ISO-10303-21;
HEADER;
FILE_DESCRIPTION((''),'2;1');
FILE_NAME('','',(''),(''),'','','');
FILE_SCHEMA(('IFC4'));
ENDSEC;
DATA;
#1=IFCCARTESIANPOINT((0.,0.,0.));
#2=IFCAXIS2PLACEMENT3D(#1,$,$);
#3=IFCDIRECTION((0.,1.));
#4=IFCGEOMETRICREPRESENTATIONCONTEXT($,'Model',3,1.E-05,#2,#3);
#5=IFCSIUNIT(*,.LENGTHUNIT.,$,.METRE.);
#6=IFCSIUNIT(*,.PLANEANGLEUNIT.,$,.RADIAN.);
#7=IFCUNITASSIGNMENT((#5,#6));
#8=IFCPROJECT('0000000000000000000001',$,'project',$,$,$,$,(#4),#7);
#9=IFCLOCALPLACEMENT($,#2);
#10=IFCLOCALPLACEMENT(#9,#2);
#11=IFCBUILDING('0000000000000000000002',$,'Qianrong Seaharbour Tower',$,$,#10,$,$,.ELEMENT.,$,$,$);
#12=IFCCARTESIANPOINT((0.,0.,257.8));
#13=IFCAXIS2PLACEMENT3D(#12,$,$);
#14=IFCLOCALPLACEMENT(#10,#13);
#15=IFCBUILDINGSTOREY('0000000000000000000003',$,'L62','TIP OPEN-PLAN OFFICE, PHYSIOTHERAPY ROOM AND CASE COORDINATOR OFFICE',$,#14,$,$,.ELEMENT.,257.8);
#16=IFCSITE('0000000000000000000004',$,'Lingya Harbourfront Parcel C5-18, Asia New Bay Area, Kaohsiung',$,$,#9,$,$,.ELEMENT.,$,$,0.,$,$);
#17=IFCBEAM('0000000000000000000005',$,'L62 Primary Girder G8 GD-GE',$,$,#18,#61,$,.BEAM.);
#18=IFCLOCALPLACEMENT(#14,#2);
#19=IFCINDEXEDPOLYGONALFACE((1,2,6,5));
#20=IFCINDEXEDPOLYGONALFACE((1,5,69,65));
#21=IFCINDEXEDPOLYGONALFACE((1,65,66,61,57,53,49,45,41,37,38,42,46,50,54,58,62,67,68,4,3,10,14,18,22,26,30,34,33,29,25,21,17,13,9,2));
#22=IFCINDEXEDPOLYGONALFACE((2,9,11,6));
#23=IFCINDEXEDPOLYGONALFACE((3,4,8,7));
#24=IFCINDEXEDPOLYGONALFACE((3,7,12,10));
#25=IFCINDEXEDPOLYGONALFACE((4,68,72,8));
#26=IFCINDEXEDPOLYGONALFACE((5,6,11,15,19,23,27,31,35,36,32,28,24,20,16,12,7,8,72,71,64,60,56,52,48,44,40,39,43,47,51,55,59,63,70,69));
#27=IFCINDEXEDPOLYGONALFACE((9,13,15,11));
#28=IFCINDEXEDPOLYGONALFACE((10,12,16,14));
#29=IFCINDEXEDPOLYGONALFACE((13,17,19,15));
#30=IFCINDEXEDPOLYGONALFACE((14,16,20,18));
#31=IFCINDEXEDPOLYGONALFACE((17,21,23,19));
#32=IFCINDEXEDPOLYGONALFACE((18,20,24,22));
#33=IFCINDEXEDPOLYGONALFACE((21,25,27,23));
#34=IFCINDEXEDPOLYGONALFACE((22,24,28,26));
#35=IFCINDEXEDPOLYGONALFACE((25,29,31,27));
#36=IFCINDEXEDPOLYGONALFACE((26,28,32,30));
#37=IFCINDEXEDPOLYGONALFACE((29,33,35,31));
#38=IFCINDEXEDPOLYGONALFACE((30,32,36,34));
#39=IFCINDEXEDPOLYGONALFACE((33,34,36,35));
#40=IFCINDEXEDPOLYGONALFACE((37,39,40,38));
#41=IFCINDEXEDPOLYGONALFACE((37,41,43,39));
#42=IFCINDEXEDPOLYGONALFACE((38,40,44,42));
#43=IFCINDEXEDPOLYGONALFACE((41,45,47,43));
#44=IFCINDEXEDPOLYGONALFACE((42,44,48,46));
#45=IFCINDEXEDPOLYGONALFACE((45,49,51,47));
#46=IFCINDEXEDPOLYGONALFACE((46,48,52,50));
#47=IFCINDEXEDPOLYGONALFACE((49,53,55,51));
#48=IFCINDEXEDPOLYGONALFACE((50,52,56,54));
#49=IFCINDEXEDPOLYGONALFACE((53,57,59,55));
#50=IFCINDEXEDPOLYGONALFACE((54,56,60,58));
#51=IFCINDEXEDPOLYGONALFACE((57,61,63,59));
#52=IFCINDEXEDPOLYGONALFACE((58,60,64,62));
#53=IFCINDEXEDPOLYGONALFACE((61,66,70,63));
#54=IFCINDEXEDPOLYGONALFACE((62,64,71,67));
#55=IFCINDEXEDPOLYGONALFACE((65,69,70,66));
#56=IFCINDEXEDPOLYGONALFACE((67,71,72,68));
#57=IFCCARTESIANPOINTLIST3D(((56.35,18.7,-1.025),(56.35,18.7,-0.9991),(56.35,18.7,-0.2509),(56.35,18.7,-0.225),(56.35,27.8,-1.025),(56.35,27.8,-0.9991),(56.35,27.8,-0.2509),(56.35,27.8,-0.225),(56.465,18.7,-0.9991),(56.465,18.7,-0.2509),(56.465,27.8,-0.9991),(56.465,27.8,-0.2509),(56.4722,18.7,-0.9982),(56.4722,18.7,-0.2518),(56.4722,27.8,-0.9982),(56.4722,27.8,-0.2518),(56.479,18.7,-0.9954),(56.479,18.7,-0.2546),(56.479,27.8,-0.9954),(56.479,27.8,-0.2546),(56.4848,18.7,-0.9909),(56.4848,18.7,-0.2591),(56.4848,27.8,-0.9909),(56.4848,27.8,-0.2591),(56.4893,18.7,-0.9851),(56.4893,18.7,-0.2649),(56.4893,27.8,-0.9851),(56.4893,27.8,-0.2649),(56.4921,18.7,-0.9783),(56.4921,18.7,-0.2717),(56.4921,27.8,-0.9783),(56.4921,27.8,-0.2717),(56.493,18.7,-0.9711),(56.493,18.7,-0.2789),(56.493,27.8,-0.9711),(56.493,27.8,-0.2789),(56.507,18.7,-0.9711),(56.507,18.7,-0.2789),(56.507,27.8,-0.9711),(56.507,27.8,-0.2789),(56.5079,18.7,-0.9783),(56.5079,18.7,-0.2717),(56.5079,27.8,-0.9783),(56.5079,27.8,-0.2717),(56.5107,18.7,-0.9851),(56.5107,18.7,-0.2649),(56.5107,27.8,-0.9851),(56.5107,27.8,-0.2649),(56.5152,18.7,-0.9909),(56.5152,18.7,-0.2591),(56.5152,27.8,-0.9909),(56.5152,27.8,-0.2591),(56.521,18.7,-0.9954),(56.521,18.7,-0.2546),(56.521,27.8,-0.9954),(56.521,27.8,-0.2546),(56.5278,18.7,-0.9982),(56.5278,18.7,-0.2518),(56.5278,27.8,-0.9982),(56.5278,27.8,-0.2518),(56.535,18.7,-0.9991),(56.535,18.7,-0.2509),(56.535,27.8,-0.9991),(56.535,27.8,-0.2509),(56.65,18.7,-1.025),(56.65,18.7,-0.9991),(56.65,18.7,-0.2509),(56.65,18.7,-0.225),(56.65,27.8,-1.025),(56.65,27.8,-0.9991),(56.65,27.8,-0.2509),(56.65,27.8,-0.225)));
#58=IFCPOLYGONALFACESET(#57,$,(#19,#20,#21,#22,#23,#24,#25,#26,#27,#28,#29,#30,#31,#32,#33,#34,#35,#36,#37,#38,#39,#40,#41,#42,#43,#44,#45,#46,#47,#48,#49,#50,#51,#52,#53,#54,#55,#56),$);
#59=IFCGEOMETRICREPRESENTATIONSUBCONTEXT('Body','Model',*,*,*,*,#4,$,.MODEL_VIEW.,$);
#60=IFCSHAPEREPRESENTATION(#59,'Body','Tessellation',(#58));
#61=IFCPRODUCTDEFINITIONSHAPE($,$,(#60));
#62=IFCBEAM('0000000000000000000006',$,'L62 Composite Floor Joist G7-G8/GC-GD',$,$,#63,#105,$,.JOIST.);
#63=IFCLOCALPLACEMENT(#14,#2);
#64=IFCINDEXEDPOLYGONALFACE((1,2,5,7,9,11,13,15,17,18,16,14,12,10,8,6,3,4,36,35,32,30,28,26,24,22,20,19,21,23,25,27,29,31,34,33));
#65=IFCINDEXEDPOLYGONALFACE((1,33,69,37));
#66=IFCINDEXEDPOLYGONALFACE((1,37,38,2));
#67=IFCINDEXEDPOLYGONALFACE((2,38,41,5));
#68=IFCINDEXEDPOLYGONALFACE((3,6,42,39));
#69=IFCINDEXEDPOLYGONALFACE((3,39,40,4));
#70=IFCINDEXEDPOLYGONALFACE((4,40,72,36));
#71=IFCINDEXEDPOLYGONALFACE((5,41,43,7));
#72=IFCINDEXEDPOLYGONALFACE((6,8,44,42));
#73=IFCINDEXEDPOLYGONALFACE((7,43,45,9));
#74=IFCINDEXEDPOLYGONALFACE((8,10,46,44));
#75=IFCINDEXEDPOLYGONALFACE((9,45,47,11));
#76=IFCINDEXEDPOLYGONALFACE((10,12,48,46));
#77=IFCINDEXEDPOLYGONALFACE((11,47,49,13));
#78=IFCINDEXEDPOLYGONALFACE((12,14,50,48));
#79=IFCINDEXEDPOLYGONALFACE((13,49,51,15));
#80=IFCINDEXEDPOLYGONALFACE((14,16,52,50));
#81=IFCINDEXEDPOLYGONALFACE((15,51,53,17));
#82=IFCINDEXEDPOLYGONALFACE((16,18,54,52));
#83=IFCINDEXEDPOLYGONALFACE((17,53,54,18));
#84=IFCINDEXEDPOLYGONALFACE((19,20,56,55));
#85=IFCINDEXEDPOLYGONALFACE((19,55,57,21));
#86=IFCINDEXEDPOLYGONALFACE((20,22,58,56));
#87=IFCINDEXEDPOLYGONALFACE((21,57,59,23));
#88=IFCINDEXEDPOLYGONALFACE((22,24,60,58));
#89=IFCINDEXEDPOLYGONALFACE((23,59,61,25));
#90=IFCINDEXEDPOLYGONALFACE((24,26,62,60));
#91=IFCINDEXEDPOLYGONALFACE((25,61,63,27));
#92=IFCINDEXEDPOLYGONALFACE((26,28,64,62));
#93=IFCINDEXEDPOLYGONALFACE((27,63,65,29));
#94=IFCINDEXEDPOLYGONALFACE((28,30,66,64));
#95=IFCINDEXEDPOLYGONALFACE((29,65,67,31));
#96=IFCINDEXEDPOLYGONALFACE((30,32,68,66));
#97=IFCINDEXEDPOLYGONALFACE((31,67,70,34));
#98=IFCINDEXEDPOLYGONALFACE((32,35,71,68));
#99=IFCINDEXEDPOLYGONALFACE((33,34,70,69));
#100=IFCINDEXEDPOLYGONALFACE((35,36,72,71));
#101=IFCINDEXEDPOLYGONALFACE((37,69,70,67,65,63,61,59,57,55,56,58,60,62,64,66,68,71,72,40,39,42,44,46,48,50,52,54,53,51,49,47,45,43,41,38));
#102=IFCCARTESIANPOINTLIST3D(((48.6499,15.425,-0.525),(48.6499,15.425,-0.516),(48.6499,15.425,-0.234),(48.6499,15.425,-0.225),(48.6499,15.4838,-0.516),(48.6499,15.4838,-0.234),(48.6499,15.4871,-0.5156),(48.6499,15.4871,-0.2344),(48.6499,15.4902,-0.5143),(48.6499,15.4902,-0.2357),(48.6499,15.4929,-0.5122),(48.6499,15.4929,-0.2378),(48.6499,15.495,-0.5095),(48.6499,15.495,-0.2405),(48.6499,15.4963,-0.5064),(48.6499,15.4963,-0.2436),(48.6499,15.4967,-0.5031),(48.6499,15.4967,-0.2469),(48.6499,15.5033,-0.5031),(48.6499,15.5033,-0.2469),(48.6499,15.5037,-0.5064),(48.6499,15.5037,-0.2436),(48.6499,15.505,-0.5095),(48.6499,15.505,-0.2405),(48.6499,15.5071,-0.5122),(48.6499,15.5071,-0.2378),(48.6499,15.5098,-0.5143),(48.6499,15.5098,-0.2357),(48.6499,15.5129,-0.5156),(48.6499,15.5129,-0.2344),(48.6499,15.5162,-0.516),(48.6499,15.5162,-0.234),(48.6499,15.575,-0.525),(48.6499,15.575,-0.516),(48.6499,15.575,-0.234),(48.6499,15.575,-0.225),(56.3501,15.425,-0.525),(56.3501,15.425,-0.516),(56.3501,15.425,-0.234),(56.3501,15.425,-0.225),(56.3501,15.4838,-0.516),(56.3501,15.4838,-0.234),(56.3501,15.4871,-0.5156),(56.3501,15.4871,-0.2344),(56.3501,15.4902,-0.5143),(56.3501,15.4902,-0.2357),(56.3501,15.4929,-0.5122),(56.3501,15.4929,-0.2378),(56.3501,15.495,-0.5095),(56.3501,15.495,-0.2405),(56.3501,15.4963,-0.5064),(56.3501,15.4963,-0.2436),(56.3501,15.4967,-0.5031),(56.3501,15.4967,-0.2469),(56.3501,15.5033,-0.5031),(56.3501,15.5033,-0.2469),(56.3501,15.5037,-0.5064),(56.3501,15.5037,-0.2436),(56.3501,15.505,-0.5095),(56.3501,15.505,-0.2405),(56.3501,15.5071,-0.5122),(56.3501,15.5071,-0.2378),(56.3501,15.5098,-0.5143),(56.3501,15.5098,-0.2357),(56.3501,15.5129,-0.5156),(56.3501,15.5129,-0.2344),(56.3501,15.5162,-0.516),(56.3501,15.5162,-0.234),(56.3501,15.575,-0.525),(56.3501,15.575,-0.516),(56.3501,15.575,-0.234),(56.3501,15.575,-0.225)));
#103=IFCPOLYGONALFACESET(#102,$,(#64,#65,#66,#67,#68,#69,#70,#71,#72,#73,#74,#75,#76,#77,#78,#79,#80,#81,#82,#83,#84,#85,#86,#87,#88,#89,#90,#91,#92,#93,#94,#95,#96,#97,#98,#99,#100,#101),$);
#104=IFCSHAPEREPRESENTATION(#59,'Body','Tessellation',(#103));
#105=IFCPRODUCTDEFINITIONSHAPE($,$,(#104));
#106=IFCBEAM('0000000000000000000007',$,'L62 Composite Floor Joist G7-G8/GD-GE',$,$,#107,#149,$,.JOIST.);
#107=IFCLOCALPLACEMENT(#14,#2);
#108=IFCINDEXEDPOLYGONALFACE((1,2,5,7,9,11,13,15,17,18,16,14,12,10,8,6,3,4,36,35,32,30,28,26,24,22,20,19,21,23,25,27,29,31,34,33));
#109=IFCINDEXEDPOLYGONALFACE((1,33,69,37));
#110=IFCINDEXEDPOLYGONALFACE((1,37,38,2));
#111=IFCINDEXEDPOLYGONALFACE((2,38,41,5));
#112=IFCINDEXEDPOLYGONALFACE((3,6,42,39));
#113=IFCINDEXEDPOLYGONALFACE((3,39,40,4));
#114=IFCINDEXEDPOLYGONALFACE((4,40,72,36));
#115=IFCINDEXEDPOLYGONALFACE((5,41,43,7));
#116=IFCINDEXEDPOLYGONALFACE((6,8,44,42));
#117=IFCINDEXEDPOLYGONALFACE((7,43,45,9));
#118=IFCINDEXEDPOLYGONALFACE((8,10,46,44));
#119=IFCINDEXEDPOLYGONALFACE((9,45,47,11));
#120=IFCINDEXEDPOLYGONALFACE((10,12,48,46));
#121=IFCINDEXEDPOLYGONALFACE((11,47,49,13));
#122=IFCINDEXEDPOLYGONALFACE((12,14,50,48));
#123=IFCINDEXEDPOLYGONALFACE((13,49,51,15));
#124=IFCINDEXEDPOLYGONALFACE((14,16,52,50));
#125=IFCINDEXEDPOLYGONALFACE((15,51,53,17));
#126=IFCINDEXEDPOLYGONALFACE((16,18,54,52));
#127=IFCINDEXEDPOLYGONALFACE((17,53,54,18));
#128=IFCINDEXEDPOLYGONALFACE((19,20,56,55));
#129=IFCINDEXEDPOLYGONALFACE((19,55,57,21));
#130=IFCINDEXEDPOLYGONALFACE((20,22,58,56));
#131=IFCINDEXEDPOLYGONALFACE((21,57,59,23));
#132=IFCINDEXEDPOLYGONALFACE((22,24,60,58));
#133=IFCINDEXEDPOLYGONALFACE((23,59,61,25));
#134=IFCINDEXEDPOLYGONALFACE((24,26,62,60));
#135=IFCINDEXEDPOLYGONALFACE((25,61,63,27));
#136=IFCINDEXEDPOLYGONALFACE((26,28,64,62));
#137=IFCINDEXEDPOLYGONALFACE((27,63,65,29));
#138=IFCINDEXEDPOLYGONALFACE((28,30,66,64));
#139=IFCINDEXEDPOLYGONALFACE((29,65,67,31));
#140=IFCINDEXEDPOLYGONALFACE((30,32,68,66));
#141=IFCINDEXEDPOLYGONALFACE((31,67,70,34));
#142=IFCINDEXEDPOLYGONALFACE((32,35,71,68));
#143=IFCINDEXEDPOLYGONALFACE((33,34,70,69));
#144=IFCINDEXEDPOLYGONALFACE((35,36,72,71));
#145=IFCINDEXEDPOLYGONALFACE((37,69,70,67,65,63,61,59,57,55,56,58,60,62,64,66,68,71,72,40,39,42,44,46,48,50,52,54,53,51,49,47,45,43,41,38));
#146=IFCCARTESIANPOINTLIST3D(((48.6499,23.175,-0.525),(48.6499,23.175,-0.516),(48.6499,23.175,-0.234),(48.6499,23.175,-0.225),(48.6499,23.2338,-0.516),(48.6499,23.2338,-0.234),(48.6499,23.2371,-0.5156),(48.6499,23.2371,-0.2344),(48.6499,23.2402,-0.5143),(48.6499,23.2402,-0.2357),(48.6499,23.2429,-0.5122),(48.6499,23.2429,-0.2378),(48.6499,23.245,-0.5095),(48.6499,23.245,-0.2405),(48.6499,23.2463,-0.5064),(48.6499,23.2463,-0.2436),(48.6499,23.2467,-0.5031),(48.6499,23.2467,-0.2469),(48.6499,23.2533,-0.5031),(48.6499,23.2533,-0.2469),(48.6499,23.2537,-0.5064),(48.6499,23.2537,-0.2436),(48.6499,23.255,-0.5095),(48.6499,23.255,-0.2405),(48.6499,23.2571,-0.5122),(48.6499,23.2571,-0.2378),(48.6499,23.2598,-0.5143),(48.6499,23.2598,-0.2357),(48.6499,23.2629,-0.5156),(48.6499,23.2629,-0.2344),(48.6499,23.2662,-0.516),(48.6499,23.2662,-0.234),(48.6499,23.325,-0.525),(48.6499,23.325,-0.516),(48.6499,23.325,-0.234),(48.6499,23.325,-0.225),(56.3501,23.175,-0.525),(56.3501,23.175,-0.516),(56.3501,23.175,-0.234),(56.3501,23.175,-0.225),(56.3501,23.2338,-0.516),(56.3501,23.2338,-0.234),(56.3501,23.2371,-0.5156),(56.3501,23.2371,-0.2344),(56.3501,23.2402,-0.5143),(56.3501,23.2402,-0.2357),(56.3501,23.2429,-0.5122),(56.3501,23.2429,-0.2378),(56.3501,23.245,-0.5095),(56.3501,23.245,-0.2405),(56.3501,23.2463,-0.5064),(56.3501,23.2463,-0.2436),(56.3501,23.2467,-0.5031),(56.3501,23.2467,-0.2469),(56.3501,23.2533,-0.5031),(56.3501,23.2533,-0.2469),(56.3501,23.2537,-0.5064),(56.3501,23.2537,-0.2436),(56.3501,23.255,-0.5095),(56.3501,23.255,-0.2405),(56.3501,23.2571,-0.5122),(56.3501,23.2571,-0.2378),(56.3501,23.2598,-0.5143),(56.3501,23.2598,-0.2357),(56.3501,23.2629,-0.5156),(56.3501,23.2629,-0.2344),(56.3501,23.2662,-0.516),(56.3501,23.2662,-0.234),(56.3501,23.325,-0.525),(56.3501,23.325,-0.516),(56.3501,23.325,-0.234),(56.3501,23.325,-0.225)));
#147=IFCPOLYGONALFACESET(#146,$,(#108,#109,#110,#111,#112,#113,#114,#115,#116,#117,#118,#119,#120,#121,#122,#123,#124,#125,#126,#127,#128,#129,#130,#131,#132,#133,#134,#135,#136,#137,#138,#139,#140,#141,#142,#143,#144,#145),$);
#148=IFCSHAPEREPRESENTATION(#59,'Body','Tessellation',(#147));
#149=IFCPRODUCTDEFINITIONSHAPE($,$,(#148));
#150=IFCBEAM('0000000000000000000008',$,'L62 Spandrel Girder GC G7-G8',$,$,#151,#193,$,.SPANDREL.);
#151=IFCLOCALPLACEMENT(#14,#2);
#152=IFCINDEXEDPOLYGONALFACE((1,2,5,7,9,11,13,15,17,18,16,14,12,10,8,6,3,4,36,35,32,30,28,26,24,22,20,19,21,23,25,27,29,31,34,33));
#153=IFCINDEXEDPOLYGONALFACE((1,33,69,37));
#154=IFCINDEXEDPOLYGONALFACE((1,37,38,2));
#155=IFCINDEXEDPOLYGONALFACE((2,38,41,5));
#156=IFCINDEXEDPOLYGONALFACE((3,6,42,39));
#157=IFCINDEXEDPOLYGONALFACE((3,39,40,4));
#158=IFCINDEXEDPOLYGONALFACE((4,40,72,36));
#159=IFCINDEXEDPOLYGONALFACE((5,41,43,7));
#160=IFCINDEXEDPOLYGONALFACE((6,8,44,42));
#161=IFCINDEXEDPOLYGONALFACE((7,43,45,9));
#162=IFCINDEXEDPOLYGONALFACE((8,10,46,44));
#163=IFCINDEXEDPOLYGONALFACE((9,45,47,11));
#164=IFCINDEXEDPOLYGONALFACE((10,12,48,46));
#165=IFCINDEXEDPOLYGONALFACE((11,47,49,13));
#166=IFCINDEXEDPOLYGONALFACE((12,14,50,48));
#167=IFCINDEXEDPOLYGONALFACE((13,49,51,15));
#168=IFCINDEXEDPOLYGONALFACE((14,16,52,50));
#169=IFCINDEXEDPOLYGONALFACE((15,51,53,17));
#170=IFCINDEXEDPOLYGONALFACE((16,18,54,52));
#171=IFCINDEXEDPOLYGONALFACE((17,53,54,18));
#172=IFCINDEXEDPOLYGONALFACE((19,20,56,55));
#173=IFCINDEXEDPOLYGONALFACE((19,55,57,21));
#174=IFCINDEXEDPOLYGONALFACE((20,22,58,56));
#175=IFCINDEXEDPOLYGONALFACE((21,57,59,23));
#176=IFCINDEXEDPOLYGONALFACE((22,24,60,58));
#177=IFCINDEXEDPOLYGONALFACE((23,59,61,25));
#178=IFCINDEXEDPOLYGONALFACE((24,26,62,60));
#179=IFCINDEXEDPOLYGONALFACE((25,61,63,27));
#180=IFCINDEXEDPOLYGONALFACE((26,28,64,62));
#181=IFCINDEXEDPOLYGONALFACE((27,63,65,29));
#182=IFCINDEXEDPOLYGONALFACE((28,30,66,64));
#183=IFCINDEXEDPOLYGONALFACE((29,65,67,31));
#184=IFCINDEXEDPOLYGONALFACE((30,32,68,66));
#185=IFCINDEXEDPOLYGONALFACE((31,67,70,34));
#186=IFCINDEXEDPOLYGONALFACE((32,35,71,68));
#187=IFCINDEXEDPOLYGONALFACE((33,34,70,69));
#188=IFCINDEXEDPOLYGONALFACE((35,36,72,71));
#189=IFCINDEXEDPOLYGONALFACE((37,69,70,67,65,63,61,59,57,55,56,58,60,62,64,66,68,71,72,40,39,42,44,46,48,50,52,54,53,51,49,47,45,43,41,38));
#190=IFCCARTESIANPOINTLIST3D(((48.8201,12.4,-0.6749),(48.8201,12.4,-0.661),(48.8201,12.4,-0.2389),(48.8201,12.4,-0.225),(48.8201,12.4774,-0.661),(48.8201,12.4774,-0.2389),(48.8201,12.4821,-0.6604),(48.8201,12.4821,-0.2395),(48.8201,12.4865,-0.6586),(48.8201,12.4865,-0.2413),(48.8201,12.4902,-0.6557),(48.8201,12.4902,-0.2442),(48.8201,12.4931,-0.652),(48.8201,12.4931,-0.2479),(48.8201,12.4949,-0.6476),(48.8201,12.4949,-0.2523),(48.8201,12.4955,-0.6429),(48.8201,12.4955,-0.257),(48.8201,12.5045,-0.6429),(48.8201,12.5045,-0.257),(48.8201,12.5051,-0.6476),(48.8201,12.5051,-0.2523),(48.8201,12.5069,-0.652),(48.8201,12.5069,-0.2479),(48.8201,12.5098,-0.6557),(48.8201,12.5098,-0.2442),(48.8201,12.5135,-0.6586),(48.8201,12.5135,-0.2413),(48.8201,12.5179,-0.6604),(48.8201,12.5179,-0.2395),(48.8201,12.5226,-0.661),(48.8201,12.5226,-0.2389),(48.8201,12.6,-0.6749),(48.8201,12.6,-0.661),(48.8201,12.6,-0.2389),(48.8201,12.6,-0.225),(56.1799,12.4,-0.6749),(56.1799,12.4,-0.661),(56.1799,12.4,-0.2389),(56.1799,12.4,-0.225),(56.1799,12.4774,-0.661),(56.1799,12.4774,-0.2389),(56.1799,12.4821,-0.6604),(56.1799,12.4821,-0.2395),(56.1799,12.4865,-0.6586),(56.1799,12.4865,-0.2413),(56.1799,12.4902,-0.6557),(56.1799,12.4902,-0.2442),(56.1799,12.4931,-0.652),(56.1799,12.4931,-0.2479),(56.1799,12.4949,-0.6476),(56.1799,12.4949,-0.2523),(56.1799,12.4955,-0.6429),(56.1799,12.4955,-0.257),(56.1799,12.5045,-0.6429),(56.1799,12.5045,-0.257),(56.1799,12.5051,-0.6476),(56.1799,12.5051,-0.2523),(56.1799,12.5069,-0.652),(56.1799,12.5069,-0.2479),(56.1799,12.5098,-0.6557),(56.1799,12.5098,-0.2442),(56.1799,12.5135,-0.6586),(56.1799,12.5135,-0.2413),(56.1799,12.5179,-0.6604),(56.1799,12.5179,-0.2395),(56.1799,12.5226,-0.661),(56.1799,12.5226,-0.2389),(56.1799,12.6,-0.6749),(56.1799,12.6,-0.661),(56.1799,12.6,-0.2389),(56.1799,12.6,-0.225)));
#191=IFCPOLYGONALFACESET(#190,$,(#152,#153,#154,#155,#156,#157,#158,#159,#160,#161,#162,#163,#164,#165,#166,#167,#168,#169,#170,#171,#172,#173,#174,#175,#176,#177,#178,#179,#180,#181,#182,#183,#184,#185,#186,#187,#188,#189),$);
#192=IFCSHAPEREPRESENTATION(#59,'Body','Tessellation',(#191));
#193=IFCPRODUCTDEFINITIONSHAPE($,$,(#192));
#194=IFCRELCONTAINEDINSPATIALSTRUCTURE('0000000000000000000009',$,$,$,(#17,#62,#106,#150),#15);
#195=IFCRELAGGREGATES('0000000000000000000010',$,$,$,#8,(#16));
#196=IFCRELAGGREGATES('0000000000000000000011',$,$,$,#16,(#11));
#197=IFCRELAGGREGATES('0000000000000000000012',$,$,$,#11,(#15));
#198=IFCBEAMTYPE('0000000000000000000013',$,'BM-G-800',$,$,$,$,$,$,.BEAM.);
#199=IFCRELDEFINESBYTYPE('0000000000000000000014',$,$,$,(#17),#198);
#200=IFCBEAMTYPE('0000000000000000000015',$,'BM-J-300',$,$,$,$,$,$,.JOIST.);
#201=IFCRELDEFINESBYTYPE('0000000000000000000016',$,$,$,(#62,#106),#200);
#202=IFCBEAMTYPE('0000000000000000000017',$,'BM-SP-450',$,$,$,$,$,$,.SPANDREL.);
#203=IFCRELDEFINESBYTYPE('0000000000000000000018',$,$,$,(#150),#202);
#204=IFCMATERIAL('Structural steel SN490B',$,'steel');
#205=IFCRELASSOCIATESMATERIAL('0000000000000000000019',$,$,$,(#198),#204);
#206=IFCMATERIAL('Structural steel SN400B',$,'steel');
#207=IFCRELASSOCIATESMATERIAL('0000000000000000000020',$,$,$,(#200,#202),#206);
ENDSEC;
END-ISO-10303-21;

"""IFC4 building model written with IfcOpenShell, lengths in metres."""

from ifc_helpers import new_model, si_unit, direction, frame, origin, origin_2d, place, context, subcontext, project, spatial, i_section, extrude, material, material_profile, profile_set, type_object, element, save


model = new_model("IFC4")

# Units and contexts
model_context = context("Model", 3, precision=1e-05, world=origin(), true_north=direction((0.0, 1.0)))
body_context = subcontext(model_context, "Body", "Model", "MODEL_VIEW")
ifc_project = project(units=[si_unit("LENGTHUNIT", "METRE"), si_unit("PLANEANGLEUNIT", "RADIAN")], contexts=[model_context])

# Site, building, storey
site_placement = place(None, origin())
site = spatial("IfcSite", under=ifc_project, at=site_placement, Name="Lingya Harbourfront Parcel C5-18, Asia New Bay Area, Kaohsiung", CompositionType="ELEMENT", RefElevation=0.0)
building_placement = place(site_placement, origin())
building = spatial("IfcBuilding", under=site, at=building_placement, Name="Qianrong Seaharbour Tower", CompositionType="ELEMENT")
storey_placement = place(building_placement, frame((0.0, 0.0, 257.8)))
storey = spatial("IfcBuildingStorey", under=building, at=storey_placement, Name="L62", Description="TIP OPEN-PLAN OFFICE, PHYSIOTHERAPY ROOM AND CASE COORDINATOR OFFICE", CompositionType="ELEMENT", Elevation=257.8)

# Shared definitions
ifc_material_1 = material(Name="Structural steel SN490B", Category="steel")

# Beams
ifc_material_profile_1 = material_profile(ifc_material_1, i_section(OverallWidth=0.3, OverallDepth=0.8, WebThickness=0.0139, FlangeThickness=0.0259, FilletRadius=0.0281, at=origin_2d()), Name="H800x300x14x26")
ifc_profile_set_1 = profile_set([ifc_material_profile_1], Name="Structural steel SN490B")
beam_type_1 = type_object("IfcBeamType", Name="BM-G-800", PredefinedType="BEAM", material=ifc_profile_set_1)
for number, where, z_axis, x_axis, name in (
    (1, (56.5, 18.7, -0.625), (0.0, 1.0, 0.0), (-1.0, 0.0, 0.0), "L62 Primary Girder G8 GD-GE"),
):
    element("IfcBeam", number, at=place(storey_placement, frame(where, z_axis=z_axis, x_axis=x_axis)), inside=storey, type_object=beam_type_1, Name=name, PredefinedType="BEAM", context=body_context, shape_type="SweptSolid", body=[
        extrude(i_section(OverallWidth=0.3, OverallDepth=0.8, WebThickness=0.0139, FlangeThickness=0.0259, FilletRadius=0.0281, at=origin_2d()), origin(), (0.0, 0.0, 1.0), 9.1001),
    ])
ifc_material_2 = material(Name="Structural steel SN400B", Category="steel")
ifc_material_profile_2 = material_profile(ifc_material_2, i_section(OverallWidth=0.1499, OverallDepth=0.3, WebThickness=0.0066, FlangeThickness=0.009, FilletRadius=0.0129, at=origin_2d()), Name="H300x150x6.5x9")
ifc_profile_set_2 = profile_set([ifc_material_profile_2], Name="Structural steel SN400B")
beam_type_2 = type_object("IfcBeamType", Name="BM-J-300", PredefinedType="JOIST", material=ifc_profile_set_2)
for number, where, z_axis, x_axis, name in (
    (2, (48.6499, 15.5, -0.375), (1.0, 0.0, 0.0), (0.0, 1.0, 0.0), "L62 Composite Floor Joist G7-G8/GC-GD"),
    (3, (48.6499, 23.25, -0.375), (1.0, 0.0, 0.0), (0.0, 1.0, 0.0), "L62 Composite Floor Joist G7-G8/GD-GE"),
):
    element("IfcBeam", number, at=place(storey_placement, frame(where, z_axis=z_axis, x_axis=x_axis)), inside=storey, type_object=beam_type_2, Name=name, PredefinedType="JOIST", context=body_context, shape_type="SweptSolid", body=[
        extrude(i_section(OverallWidth=0.1499, OverallDepth=0.3, WebThickness=0.0066, FlangeThickness=0.009, FilletRadius=0.0129, at=origin_2d()), origin(), (0.0, 0.0, 1.0), 7.7002),
    ])
ifc_material_profile_3 = material_profile(ifc_material_2, i_section(OverallWidth=0.2, OverallDepth=0.45, WebThickness=0.009, FlangeThickness=0.0139, FilletRadius=0.0181, at=origin_2d()), Name="H450x200x9x14")
ifc_profile_set_3 = profile_set([ifc_material_profile_3], Name="Structural steel SN400B")
beam_type_3 = type_object("IfcBeamType", Name="BM-SP-450", PredefinedType="SPANDREL", material=ifc_profile_set_3)
beam_1_placement = place(storey_placement, frame((48.8201, 12.5, -0.45), z_axis=(1.0, 0.0, 0.0), x_axis=(0.0, 1.0, 0.0)))
element("IfcBeam", 4, at=beam_1_placement, inside=storey, type_object=beam_type_3, Name="L62 Spandrel Girder GC G7-G8", PredefinedType="SPANDREL", context=body_context, shape_type="SweptSolid", body=[
    extrude(i_section(OverallWidth=0.2, OverallDepth=0.45, WebThickness=0.009, FlangeThickness=0.0139, FilletRadius=0.0181, at=origin_2d()), origin(), (0.0, 0.0, 1.0), 7.3599),
])

save(model, "model.ifc")
